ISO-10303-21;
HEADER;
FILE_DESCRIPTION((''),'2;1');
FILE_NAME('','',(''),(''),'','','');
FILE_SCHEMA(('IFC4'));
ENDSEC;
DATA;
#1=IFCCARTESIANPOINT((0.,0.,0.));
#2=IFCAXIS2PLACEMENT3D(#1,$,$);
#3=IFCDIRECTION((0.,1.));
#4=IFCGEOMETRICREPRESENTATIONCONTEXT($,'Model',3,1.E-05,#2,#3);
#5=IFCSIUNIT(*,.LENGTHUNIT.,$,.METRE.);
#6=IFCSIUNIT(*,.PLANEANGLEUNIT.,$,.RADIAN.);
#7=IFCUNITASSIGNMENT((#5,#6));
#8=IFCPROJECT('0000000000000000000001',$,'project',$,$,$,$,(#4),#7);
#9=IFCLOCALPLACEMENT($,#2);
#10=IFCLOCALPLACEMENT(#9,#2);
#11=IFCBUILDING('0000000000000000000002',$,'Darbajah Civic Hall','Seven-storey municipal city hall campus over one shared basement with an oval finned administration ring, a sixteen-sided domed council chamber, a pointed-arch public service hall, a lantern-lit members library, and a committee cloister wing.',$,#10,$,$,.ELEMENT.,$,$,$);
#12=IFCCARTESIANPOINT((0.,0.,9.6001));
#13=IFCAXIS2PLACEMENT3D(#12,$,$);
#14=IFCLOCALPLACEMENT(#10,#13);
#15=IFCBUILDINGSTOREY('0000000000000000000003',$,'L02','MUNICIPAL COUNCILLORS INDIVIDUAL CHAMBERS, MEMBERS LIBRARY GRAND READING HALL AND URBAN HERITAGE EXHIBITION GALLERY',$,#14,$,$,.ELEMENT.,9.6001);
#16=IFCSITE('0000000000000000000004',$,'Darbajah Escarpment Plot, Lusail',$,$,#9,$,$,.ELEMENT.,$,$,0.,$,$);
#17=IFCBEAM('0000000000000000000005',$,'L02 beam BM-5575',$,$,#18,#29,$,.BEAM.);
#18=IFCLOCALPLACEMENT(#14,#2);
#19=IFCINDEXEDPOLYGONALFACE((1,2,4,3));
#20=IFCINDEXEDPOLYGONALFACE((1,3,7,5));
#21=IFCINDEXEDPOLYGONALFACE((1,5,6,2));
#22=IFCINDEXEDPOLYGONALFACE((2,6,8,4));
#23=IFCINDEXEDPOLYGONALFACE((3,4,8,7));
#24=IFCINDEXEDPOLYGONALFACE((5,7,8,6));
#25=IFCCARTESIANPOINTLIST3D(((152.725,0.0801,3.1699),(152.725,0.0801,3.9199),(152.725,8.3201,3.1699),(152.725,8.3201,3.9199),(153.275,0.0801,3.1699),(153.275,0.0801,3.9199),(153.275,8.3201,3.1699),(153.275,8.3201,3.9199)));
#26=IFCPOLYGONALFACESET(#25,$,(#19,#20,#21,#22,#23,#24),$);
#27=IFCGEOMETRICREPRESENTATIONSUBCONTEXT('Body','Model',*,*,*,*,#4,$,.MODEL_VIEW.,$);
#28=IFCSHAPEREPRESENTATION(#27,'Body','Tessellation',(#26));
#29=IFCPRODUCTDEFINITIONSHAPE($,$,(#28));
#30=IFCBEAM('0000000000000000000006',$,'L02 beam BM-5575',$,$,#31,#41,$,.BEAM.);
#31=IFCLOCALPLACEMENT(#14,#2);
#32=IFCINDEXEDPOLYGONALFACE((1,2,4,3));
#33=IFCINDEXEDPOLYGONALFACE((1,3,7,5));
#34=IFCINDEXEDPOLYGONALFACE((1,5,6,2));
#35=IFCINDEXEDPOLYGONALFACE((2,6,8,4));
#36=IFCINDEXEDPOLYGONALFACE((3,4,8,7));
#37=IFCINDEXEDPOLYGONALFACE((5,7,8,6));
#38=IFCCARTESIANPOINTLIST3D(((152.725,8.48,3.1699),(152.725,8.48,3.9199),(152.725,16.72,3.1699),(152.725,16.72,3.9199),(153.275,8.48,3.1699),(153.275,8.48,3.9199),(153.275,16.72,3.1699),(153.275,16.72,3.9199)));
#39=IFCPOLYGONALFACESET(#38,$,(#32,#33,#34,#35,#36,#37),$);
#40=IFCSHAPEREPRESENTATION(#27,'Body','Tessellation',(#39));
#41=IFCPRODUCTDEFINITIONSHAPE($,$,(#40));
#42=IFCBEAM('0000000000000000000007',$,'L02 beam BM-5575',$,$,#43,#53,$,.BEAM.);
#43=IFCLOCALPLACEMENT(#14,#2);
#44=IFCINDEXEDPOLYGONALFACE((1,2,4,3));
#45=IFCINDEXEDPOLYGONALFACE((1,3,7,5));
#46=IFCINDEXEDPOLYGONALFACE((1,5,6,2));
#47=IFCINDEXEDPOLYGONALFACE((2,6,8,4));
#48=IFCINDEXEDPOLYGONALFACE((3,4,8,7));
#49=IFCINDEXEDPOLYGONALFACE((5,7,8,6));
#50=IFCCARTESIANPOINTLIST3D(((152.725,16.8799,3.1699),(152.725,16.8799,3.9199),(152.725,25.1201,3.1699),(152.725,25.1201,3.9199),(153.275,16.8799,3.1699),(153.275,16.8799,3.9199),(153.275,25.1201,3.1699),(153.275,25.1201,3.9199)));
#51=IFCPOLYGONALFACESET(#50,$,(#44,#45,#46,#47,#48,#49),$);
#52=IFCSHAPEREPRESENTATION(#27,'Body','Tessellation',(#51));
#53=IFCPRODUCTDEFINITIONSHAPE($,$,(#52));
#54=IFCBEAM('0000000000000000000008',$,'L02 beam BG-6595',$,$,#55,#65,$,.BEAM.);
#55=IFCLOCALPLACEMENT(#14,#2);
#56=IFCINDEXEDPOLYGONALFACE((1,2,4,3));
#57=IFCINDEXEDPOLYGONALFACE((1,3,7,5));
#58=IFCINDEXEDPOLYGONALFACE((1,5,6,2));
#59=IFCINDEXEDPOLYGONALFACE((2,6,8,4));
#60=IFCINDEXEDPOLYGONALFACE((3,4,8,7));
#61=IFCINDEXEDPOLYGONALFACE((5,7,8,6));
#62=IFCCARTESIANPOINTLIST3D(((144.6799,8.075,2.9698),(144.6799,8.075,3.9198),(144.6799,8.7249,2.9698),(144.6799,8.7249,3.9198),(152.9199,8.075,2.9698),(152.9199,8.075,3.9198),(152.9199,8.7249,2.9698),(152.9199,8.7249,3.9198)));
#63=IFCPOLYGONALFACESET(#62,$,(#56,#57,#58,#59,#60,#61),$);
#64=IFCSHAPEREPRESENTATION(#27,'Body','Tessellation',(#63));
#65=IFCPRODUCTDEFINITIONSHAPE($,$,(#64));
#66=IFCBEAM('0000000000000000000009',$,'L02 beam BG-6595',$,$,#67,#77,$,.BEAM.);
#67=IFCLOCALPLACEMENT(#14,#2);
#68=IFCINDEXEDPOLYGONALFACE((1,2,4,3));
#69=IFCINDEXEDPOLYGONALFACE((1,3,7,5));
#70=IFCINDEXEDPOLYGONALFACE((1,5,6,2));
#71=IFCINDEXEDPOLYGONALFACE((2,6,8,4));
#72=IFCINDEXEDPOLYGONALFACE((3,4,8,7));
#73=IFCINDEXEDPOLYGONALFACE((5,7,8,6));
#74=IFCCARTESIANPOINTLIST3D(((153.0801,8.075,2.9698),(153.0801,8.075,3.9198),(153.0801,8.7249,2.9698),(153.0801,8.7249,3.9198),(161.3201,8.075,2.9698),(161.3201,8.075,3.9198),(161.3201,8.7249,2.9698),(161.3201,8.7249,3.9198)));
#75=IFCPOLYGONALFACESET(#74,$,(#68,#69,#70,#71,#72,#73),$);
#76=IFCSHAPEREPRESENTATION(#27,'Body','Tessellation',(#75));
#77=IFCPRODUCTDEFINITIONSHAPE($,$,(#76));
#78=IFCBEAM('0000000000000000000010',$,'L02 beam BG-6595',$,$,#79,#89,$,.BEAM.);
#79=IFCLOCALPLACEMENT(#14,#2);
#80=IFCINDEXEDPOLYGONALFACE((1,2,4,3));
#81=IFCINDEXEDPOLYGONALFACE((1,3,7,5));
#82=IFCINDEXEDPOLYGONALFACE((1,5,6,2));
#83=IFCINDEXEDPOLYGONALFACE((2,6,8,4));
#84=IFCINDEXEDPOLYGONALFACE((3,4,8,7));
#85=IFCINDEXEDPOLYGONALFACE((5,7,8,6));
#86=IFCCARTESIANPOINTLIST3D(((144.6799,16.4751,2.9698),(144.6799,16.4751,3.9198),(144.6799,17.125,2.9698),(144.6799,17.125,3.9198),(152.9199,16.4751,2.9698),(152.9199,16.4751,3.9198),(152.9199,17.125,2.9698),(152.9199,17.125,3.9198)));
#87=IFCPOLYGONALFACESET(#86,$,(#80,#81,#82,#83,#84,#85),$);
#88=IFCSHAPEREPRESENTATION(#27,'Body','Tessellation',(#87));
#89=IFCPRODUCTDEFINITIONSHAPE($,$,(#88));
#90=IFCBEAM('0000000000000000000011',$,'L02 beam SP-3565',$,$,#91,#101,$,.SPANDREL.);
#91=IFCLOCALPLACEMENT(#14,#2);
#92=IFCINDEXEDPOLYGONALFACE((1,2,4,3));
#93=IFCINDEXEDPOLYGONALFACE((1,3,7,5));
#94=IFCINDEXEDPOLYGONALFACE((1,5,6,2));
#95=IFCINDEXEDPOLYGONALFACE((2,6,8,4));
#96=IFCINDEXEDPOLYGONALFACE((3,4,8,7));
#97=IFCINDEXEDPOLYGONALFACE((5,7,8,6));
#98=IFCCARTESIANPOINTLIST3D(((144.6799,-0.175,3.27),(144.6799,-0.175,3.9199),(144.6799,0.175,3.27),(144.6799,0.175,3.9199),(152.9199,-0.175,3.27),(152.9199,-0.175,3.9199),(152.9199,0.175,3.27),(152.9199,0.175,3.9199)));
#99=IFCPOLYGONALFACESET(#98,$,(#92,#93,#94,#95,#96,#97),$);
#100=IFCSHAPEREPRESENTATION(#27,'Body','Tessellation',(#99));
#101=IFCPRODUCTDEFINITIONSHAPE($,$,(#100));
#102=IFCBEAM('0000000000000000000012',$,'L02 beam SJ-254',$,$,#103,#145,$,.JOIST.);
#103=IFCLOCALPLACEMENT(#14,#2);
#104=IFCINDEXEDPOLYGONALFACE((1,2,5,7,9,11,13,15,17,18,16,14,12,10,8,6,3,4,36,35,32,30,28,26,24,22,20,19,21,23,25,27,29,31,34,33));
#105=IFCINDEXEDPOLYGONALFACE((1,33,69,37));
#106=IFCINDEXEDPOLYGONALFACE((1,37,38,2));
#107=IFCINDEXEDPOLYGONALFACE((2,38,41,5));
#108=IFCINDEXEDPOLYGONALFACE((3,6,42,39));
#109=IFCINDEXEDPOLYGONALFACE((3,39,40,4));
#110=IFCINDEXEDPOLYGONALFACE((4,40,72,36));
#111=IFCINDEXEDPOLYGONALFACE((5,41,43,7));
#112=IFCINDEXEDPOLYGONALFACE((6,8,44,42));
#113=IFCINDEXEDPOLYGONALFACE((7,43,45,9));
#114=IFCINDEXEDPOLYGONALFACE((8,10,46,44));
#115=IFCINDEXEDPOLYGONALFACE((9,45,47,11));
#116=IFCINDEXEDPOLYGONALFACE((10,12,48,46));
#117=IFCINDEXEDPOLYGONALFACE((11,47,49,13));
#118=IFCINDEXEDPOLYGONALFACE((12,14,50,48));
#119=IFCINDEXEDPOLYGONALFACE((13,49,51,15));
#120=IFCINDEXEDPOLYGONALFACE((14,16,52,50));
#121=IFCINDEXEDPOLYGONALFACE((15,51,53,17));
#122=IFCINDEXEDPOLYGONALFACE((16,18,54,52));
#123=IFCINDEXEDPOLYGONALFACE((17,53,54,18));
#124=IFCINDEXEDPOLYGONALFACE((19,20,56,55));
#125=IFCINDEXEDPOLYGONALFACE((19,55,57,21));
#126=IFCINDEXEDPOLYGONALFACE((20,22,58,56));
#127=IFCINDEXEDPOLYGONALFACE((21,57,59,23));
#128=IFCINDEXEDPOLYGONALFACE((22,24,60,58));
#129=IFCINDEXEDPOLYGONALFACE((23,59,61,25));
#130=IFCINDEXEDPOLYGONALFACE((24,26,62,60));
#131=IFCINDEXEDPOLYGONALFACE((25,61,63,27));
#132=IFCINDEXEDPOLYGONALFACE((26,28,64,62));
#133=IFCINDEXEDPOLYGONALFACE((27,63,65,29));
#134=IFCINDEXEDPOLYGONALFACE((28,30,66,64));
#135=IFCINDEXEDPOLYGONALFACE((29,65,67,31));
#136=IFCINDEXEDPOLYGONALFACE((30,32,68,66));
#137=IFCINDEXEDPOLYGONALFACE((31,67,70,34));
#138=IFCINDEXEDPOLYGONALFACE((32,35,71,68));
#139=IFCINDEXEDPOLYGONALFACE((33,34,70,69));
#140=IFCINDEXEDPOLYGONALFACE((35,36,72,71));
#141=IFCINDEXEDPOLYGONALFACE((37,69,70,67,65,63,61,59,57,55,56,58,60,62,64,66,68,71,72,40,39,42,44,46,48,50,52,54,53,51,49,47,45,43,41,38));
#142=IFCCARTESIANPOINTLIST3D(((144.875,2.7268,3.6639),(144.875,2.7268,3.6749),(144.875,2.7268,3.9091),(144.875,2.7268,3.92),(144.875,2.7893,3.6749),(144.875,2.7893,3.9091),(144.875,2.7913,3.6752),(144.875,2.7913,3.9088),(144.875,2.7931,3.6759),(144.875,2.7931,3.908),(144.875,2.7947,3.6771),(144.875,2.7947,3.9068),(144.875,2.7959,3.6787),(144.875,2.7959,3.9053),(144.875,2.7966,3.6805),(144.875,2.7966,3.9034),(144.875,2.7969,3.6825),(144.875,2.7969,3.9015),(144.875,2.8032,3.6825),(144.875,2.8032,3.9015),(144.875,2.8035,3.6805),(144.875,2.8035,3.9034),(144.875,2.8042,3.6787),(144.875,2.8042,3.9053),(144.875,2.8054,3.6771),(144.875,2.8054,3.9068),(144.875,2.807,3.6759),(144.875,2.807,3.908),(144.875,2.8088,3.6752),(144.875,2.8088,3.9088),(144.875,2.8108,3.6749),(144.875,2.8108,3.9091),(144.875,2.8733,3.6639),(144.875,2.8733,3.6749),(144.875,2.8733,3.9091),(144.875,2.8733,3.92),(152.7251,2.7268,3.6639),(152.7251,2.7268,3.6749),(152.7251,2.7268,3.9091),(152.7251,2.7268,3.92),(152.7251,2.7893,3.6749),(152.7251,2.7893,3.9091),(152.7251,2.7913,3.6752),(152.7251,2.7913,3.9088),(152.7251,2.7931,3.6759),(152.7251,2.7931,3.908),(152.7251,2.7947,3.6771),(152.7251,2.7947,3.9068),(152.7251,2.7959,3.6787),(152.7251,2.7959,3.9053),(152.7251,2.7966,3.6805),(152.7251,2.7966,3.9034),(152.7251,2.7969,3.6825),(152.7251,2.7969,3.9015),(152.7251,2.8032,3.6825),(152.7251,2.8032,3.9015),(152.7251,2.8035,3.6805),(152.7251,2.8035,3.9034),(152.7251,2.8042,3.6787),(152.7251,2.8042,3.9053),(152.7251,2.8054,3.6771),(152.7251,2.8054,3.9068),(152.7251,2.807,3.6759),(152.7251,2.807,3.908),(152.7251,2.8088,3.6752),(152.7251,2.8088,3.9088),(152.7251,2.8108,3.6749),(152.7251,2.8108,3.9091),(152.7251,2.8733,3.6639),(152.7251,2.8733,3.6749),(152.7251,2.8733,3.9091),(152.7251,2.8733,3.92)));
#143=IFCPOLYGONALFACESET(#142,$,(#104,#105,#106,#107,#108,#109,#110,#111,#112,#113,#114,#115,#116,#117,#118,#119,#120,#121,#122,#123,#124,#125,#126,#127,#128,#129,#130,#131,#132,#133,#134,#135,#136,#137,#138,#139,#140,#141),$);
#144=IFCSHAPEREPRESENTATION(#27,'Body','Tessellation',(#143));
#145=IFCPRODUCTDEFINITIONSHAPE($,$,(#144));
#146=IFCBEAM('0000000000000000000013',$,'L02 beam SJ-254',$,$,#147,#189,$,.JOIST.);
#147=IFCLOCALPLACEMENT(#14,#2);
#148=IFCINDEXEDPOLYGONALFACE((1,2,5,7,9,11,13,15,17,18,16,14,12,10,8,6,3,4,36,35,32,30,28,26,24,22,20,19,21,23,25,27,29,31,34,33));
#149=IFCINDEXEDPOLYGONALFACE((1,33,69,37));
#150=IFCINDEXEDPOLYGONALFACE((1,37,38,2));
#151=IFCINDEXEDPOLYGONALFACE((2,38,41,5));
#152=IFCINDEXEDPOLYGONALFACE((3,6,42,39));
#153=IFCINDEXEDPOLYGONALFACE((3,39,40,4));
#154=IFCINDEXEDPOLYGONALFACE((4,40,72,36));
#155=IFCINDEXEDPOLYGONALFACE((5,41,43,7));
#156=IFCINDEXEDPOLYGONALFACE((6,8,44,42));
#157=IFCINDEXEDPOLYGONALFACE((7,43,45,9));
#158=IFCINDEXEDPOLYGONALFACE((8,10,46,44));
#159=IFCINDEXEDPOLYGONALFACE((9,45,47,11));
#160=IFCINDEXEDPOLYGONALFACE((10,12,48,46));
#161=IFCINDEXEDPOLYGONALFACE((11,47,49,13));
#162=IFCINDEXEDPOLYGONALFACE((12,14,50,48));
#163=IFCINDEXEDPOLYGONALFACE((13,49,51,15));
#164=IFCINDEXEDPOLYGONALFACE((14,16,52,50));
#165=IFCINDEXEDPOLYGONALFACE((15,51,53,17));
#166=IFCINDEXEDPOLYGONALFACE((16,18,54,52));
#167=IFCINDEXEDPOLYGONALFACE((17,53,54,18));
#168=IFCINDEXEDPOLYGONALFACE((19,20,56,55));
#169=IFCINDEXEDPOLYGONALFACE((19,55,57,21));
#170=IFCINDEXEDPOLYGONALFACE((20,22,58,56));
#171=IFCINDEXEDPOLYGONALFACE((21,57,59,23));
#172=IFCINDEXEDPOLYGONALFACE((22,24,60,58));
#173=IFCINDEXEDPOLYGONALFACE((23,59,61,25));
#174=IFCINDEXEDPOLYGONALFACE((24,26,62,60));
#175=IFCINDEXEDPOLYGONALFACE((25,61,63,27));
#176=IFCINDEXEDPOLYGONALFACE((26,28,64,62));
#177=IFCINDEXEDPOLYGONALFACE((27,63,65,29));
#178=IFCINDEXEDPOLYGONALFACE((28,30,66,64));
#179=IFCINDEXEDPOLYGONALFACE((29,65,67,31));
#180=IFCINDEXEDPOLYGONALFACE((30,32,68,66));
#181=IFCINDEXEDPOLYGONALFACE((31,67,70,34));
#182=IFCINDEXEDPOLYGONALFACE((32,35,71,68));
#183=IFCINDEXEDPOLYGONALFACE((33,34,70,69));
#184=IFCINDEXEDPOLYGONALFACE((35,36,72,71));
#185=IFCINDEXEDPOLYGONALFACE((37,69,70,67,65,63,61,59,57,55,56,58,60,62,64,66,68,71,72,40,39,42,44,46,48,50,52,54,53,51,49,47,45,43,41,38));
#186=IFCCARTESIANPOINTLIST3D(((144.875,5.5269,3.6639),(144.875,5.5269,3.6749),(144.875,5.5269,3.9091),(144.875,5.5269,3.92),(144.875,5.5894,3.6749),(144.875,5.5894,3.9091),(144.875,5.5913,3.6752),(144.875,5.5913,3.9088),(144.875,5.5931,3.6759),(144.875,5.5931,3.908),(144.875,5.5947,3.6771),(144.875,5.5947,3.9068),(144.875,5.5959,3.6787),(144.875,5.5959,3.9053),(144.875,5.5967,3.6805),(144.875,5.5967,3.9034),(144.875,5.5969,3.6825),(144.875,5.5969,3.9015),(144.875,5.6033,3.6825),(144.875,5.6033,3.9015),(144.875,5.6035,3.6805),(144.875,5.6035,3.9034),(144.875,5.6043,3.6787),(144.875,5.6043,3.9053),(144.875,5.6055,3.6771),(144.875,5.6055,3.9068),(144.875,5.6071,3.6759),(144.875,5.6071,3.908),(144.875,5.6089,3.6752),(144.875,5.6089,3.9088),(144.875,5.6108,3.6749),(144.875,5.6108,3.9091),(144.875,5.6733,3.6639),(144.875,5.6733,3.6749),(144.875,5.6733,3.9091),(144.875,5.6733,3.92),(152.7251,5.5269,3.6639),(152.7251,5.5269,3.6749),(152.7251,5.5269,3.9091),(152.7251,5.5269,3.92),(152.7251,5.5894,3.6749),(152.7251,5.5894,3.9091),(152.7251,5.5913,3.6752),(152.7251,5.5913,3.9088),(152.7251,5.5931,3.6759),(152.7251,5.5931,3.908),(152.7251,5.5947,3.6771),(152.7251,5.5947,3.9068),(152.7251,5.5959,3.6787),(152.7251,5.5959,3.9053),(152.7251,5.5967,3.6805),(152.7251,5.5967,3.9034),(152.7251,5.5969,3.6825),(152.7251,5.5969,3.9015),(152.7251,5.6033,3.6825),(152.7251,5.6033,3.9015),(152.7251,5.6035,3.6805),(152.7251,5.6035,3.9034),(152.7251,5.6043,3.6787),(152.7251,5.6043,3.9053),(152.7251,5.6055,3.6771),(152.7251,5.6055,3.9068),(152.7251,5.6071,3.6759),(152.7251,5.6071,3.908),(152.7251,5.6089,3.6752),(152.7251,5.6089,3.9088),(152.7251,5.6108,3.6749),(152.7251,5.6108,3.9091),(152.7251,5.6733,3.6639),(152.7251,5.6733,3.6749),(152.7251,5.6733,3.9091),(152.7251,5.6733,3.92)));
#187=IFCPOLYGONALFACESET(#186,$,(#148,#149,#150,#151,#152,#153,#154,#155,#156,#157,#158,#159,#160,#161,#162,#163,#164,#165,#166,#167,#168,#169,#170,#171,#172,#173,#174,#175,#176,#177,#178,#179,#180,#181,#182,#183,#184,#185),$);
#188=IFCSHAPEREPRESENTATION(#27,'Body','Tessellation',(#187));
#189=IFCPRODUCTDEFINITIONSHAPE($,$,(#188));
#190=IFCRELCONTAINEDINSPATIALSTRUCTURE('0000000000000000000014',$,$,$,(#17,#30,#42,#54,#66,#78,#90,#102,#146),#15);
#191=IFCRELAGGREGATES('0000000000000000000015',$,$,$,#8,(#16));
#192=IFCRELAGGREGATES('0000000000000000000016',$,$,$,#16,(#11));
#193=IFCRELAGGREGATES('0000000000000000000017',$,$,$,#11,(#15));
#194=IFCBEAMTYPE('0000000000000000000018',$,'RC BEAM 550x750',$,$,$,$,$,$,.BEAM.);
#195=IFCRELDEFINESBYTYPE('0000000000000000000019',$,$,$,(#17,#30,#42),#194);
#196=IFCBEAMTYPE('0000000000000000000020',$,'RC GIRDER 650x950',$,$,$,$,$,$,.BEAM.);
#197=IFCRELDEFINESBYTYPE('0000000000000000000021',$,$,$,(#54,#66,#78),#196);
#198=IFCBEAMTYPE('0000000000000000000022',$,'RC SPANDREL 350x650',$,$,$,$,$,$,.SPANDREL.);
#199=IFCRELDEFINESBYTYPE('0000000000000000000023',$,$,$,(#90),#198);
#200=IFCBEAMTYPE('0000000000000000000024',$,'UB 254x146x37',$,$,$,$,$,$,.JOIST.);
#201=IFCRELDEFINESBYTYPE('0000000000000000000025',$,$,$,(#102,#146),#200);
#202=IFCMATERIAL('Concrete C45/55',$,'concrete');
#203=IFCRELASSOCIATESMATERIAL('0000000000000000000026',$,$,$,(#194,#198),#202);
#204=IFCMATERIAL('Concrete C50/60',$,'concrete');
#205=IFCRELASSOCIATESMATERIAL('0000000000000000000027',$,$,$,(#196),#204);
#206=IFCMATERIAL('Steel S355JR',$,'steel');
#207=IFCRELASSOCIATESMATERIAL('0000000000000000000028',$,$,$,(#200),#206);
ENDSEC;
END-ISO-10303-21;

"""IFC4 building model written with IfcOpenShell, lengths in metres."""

from ifc_helpers import new_model, si_unit, direction, frame, origin, origin_2d, place, context, subcontext, project, spatial, rectangle, i_section, extrude, material, material_profile, profile_set, type_object, element, save


model = new_model("IFC4")

# Units and contexts
model_context = context("Model", 3, precision=1e-05, world=origin(), true_north=direction((0.0, 1.0)))
body_context = subcontext(model_context, "Body", "Model", "MODEL_VIEW")
ifc_project = project(units=[si_unit("LENGTHUNIT", "METRE"), si_unit("PLANEANGLEUNIT", "RADIAN")], contexts=[model_context])

# Site, building, storey
site_placement = place(None, origin())
site = spatial("IfcSite", under=ifc_project, at=site_placement, Name="Darbajah Escarpment Plot, Lusail", CompositionType="ELEMENT", RefElevation=0.0)
building_placement = place(site_placement, origin())
building = spatial("IfcBuilding", under=site, at=building_placement, Name="Darbajah Civic Hall", Description="Seven-storey municipal city hall campus over one shared basement with an oval finned administration ring, a sixteen-sided domed council chamber, a pointed-arch public service hall, a lantern-lit members library, and a committee cloister wing.", CompositionType="ELEMENT")
storey_placement = place(building_placement, frame((0.0, 0.0, 9.6001)))
storey = spatial("IfcBuildingStorey", under=building, at=storey_placement, Name="L02", Description="MUNICIPAL COUNCILLORS INDIVIDUAL CHAMBERS, MEMBERS LIBRARY GRAND READING HALL AND URBAN HERITAGE EXHIBITION GALLERY", CompositionType="ELEMENT", Elevation=9.6001)

# Shared definitions
ifc_material_1 = material(Name="Concrete C45/55", Category="concrete")
ifc_material_2 = material(Name="Steel S355JR", Category="steel")

# Beams
ifc_material_profile_1 = material_profile(ifc_material_1, rectangle(XDim=0.55, YDim=0.75, at=origin_2d()), Name="RC BEAM 550x750")
ifc_profile_set_1 = profile_set([ifc_material_profile_1], Name="Concrete C45/55")
beam_type_1 = type_object("IfcBeamType", Name="RC BEAM 550x750", PredefinedType="BEAM", material=ifc_profile_set_1)
for number, where, z_axis, x_axis, name in (
    (1, (153.0, 0.0801, 3.5449), (0.0, 1.0, 0.0), (-1.0, 0.0, 0.0), "L02 beam BM-5575"),
    (2, (153.0, 8.48, 3.5449), (0.0, 1.0, 0.0), (-1.0, 0.0, 0.0), "L02 beam BM-5575"),
):
    element("IfcBeam", number, at=place(storey_placement, frame(where, z_axis=z_axis, x_axis=x_axis)), inside=storey, type_object=beam_type_1, Name=name, PredefinedType="BEAM", context=body_context, shape_type="SweptSolid", body=[
        extrude(rectangle(XDim=0.55, YDim=0.75, at=origin_2d()), origin(), (0.0, 0.0, 1.0), 8.24),
    ])
beam_1_placement = place(storey_placement, frame((153.0, 16.8799, 3.5449), z_axis=(0.0, 1.0, 0.0), x_axis=(-1.0, 0.0, 0.0)))
element("IfcBeam", 3, at=beam_1_placement, inside=storey, type_object=beam_type_1, Name="L02 beam BM-5575", PredefinedType="BEAM", context=body_context, shape_type="SweptSolid", body=[
    extrude(rectangle(XDim=0.55, YDim=0.75, at=origin_2d()), origin(), (0.0, 0.0, 1.0), 8.2402),
])
ifc_material_3 = material(Name="Concrete C50/60", Category="concrete")
ifc_material_profile_2 = material_profile(ifc_material_3, rectangle(XDim=0.6499, YDim=0.95, at=origin_2d()), Name="RC GIRDER 650x950")
ifc_profile_set_2 = profile_set([ifc_material_profile_2], Name="Concrete C50/60")
beam_type_2 = type_object("IfcBeamType", Name="RC GIRDER 650x950", PredefinedType="BEAM", material=ifc_profile_set_2)
for number, where, z_axis, x_axis, name in (
    (4, (144.6799, 8.3999, 3.4448), (1.0, 0.0, 0.0), (0.0, 1.0, 0.0), "L02 beam BG-6595"),
    (5, (153.0801, 8.3999, 3.4448), (1.0, 0.0, 0.0), (0.0, 1.0, 0.0), "L02 beam BG-6595"),
    (6, (144.6799, 16.8, 3.4448), (1.0, 0.0, 0.0), (0.0, 1.0, 0.0), "L02 beam BG-6595"),
):
    element("IfcBeam", number, at=place(storey_placement, frame(where, z_axis=z_axis, x_axis=x_axis)), inside=storey, type_object=beam_type_2, Name=name, PredefinedType="BEAM", context=body_context, shape_type="SweptSolid", body=[
        extrude(rectangle(XDim=0.6499, YDim=0.95, at=origin_2d()), origin(), (0.0, 0.0, 1.0), 8.24),
    ])
ifc_material_profile_3 = material_profile(ifc_material_1, rectangle(XDim=0.3501, YDim=0.6499, at=origin_2d()), Name="RC SPANDREL 350x650")
ifc_profile_set_3 = profile_set([ifc_material_profile_3], Name="Concrete C45/55")
beam_type_3 = type_object("IfcBeamType", Name="RC SPANDREL 350x650", PredefinedType="SPANDREL", material=ifc_profile_set_3)
beam_2_placement = place(storey_placement, frame((144.6799, 0.0, 3.595), z_axis=(1.0, 0.0, 0.0), x_axis=(0.0, 1.0, 0.0)))
element("IfcBeam", 7, at=beam_2_placement, inside=storey, type_object=beam_type_3, Name="L02 beam SP-3565", PredefinedType="SPANDREL", context=body_context, shape_type="SweptSolid", body=[
    extrude(rectangle(XDim=0.3501, YDim=0.6499, at=origin_2d()), origin(), (0.0, 0.0, 1.0), 8.24),
])
ifc_material_profile_4 = material_profile(ifc_material_2, i_section(OverallWidth=0.1465, OverallDepth=0.2561, WebThickness=0.0063, FlangeThickness=0.011, FilletRadius=0.0076, at=origin_2d()), Name="UB 254x146x37")
ifc_profile_set_4 = profile_set([ifc_material_profile_4], Name="Steel S355JR")
beam_type_4 = type_object("IfcBeamType", Name="UB 254x146x37", PredefinedType="JOIST", material=ifc_profile_set_4)
for number, where, z_axis, x_axis, name in (
    (8, (144.875, 2.8, 3.792), (1.0, 0.0, 0.0), (0.0, 1.0, 0.0), "L02 beam SJ-254"),
    (9, (144.875, 5.6001, 3.792), (1.0, 0.0, 0.0), (0.0, 1.0, 0.0), "L02 beam SJ-254"),
):
    element("IfcBeam", number, at=place(storey_placement, frame(where, z_axis=z_axis, x_axis=x_axis)), inside=storey, type_object=beam_type_4, Name=name, PredefinedType="JOIST", context=body_context, shape_type="SweptSolid", body=[
        extrude(i_section(OverallWidth=0.1465, OverallDepth=0.2561, WebThickness=0.0063, FlangeThickness=0.011, FilletRadius=0.0076, at=origin_2d()), origin(), (0.0, 0.0, 1.0), 7.8501),
    ])

save(model, "model.ifc")
